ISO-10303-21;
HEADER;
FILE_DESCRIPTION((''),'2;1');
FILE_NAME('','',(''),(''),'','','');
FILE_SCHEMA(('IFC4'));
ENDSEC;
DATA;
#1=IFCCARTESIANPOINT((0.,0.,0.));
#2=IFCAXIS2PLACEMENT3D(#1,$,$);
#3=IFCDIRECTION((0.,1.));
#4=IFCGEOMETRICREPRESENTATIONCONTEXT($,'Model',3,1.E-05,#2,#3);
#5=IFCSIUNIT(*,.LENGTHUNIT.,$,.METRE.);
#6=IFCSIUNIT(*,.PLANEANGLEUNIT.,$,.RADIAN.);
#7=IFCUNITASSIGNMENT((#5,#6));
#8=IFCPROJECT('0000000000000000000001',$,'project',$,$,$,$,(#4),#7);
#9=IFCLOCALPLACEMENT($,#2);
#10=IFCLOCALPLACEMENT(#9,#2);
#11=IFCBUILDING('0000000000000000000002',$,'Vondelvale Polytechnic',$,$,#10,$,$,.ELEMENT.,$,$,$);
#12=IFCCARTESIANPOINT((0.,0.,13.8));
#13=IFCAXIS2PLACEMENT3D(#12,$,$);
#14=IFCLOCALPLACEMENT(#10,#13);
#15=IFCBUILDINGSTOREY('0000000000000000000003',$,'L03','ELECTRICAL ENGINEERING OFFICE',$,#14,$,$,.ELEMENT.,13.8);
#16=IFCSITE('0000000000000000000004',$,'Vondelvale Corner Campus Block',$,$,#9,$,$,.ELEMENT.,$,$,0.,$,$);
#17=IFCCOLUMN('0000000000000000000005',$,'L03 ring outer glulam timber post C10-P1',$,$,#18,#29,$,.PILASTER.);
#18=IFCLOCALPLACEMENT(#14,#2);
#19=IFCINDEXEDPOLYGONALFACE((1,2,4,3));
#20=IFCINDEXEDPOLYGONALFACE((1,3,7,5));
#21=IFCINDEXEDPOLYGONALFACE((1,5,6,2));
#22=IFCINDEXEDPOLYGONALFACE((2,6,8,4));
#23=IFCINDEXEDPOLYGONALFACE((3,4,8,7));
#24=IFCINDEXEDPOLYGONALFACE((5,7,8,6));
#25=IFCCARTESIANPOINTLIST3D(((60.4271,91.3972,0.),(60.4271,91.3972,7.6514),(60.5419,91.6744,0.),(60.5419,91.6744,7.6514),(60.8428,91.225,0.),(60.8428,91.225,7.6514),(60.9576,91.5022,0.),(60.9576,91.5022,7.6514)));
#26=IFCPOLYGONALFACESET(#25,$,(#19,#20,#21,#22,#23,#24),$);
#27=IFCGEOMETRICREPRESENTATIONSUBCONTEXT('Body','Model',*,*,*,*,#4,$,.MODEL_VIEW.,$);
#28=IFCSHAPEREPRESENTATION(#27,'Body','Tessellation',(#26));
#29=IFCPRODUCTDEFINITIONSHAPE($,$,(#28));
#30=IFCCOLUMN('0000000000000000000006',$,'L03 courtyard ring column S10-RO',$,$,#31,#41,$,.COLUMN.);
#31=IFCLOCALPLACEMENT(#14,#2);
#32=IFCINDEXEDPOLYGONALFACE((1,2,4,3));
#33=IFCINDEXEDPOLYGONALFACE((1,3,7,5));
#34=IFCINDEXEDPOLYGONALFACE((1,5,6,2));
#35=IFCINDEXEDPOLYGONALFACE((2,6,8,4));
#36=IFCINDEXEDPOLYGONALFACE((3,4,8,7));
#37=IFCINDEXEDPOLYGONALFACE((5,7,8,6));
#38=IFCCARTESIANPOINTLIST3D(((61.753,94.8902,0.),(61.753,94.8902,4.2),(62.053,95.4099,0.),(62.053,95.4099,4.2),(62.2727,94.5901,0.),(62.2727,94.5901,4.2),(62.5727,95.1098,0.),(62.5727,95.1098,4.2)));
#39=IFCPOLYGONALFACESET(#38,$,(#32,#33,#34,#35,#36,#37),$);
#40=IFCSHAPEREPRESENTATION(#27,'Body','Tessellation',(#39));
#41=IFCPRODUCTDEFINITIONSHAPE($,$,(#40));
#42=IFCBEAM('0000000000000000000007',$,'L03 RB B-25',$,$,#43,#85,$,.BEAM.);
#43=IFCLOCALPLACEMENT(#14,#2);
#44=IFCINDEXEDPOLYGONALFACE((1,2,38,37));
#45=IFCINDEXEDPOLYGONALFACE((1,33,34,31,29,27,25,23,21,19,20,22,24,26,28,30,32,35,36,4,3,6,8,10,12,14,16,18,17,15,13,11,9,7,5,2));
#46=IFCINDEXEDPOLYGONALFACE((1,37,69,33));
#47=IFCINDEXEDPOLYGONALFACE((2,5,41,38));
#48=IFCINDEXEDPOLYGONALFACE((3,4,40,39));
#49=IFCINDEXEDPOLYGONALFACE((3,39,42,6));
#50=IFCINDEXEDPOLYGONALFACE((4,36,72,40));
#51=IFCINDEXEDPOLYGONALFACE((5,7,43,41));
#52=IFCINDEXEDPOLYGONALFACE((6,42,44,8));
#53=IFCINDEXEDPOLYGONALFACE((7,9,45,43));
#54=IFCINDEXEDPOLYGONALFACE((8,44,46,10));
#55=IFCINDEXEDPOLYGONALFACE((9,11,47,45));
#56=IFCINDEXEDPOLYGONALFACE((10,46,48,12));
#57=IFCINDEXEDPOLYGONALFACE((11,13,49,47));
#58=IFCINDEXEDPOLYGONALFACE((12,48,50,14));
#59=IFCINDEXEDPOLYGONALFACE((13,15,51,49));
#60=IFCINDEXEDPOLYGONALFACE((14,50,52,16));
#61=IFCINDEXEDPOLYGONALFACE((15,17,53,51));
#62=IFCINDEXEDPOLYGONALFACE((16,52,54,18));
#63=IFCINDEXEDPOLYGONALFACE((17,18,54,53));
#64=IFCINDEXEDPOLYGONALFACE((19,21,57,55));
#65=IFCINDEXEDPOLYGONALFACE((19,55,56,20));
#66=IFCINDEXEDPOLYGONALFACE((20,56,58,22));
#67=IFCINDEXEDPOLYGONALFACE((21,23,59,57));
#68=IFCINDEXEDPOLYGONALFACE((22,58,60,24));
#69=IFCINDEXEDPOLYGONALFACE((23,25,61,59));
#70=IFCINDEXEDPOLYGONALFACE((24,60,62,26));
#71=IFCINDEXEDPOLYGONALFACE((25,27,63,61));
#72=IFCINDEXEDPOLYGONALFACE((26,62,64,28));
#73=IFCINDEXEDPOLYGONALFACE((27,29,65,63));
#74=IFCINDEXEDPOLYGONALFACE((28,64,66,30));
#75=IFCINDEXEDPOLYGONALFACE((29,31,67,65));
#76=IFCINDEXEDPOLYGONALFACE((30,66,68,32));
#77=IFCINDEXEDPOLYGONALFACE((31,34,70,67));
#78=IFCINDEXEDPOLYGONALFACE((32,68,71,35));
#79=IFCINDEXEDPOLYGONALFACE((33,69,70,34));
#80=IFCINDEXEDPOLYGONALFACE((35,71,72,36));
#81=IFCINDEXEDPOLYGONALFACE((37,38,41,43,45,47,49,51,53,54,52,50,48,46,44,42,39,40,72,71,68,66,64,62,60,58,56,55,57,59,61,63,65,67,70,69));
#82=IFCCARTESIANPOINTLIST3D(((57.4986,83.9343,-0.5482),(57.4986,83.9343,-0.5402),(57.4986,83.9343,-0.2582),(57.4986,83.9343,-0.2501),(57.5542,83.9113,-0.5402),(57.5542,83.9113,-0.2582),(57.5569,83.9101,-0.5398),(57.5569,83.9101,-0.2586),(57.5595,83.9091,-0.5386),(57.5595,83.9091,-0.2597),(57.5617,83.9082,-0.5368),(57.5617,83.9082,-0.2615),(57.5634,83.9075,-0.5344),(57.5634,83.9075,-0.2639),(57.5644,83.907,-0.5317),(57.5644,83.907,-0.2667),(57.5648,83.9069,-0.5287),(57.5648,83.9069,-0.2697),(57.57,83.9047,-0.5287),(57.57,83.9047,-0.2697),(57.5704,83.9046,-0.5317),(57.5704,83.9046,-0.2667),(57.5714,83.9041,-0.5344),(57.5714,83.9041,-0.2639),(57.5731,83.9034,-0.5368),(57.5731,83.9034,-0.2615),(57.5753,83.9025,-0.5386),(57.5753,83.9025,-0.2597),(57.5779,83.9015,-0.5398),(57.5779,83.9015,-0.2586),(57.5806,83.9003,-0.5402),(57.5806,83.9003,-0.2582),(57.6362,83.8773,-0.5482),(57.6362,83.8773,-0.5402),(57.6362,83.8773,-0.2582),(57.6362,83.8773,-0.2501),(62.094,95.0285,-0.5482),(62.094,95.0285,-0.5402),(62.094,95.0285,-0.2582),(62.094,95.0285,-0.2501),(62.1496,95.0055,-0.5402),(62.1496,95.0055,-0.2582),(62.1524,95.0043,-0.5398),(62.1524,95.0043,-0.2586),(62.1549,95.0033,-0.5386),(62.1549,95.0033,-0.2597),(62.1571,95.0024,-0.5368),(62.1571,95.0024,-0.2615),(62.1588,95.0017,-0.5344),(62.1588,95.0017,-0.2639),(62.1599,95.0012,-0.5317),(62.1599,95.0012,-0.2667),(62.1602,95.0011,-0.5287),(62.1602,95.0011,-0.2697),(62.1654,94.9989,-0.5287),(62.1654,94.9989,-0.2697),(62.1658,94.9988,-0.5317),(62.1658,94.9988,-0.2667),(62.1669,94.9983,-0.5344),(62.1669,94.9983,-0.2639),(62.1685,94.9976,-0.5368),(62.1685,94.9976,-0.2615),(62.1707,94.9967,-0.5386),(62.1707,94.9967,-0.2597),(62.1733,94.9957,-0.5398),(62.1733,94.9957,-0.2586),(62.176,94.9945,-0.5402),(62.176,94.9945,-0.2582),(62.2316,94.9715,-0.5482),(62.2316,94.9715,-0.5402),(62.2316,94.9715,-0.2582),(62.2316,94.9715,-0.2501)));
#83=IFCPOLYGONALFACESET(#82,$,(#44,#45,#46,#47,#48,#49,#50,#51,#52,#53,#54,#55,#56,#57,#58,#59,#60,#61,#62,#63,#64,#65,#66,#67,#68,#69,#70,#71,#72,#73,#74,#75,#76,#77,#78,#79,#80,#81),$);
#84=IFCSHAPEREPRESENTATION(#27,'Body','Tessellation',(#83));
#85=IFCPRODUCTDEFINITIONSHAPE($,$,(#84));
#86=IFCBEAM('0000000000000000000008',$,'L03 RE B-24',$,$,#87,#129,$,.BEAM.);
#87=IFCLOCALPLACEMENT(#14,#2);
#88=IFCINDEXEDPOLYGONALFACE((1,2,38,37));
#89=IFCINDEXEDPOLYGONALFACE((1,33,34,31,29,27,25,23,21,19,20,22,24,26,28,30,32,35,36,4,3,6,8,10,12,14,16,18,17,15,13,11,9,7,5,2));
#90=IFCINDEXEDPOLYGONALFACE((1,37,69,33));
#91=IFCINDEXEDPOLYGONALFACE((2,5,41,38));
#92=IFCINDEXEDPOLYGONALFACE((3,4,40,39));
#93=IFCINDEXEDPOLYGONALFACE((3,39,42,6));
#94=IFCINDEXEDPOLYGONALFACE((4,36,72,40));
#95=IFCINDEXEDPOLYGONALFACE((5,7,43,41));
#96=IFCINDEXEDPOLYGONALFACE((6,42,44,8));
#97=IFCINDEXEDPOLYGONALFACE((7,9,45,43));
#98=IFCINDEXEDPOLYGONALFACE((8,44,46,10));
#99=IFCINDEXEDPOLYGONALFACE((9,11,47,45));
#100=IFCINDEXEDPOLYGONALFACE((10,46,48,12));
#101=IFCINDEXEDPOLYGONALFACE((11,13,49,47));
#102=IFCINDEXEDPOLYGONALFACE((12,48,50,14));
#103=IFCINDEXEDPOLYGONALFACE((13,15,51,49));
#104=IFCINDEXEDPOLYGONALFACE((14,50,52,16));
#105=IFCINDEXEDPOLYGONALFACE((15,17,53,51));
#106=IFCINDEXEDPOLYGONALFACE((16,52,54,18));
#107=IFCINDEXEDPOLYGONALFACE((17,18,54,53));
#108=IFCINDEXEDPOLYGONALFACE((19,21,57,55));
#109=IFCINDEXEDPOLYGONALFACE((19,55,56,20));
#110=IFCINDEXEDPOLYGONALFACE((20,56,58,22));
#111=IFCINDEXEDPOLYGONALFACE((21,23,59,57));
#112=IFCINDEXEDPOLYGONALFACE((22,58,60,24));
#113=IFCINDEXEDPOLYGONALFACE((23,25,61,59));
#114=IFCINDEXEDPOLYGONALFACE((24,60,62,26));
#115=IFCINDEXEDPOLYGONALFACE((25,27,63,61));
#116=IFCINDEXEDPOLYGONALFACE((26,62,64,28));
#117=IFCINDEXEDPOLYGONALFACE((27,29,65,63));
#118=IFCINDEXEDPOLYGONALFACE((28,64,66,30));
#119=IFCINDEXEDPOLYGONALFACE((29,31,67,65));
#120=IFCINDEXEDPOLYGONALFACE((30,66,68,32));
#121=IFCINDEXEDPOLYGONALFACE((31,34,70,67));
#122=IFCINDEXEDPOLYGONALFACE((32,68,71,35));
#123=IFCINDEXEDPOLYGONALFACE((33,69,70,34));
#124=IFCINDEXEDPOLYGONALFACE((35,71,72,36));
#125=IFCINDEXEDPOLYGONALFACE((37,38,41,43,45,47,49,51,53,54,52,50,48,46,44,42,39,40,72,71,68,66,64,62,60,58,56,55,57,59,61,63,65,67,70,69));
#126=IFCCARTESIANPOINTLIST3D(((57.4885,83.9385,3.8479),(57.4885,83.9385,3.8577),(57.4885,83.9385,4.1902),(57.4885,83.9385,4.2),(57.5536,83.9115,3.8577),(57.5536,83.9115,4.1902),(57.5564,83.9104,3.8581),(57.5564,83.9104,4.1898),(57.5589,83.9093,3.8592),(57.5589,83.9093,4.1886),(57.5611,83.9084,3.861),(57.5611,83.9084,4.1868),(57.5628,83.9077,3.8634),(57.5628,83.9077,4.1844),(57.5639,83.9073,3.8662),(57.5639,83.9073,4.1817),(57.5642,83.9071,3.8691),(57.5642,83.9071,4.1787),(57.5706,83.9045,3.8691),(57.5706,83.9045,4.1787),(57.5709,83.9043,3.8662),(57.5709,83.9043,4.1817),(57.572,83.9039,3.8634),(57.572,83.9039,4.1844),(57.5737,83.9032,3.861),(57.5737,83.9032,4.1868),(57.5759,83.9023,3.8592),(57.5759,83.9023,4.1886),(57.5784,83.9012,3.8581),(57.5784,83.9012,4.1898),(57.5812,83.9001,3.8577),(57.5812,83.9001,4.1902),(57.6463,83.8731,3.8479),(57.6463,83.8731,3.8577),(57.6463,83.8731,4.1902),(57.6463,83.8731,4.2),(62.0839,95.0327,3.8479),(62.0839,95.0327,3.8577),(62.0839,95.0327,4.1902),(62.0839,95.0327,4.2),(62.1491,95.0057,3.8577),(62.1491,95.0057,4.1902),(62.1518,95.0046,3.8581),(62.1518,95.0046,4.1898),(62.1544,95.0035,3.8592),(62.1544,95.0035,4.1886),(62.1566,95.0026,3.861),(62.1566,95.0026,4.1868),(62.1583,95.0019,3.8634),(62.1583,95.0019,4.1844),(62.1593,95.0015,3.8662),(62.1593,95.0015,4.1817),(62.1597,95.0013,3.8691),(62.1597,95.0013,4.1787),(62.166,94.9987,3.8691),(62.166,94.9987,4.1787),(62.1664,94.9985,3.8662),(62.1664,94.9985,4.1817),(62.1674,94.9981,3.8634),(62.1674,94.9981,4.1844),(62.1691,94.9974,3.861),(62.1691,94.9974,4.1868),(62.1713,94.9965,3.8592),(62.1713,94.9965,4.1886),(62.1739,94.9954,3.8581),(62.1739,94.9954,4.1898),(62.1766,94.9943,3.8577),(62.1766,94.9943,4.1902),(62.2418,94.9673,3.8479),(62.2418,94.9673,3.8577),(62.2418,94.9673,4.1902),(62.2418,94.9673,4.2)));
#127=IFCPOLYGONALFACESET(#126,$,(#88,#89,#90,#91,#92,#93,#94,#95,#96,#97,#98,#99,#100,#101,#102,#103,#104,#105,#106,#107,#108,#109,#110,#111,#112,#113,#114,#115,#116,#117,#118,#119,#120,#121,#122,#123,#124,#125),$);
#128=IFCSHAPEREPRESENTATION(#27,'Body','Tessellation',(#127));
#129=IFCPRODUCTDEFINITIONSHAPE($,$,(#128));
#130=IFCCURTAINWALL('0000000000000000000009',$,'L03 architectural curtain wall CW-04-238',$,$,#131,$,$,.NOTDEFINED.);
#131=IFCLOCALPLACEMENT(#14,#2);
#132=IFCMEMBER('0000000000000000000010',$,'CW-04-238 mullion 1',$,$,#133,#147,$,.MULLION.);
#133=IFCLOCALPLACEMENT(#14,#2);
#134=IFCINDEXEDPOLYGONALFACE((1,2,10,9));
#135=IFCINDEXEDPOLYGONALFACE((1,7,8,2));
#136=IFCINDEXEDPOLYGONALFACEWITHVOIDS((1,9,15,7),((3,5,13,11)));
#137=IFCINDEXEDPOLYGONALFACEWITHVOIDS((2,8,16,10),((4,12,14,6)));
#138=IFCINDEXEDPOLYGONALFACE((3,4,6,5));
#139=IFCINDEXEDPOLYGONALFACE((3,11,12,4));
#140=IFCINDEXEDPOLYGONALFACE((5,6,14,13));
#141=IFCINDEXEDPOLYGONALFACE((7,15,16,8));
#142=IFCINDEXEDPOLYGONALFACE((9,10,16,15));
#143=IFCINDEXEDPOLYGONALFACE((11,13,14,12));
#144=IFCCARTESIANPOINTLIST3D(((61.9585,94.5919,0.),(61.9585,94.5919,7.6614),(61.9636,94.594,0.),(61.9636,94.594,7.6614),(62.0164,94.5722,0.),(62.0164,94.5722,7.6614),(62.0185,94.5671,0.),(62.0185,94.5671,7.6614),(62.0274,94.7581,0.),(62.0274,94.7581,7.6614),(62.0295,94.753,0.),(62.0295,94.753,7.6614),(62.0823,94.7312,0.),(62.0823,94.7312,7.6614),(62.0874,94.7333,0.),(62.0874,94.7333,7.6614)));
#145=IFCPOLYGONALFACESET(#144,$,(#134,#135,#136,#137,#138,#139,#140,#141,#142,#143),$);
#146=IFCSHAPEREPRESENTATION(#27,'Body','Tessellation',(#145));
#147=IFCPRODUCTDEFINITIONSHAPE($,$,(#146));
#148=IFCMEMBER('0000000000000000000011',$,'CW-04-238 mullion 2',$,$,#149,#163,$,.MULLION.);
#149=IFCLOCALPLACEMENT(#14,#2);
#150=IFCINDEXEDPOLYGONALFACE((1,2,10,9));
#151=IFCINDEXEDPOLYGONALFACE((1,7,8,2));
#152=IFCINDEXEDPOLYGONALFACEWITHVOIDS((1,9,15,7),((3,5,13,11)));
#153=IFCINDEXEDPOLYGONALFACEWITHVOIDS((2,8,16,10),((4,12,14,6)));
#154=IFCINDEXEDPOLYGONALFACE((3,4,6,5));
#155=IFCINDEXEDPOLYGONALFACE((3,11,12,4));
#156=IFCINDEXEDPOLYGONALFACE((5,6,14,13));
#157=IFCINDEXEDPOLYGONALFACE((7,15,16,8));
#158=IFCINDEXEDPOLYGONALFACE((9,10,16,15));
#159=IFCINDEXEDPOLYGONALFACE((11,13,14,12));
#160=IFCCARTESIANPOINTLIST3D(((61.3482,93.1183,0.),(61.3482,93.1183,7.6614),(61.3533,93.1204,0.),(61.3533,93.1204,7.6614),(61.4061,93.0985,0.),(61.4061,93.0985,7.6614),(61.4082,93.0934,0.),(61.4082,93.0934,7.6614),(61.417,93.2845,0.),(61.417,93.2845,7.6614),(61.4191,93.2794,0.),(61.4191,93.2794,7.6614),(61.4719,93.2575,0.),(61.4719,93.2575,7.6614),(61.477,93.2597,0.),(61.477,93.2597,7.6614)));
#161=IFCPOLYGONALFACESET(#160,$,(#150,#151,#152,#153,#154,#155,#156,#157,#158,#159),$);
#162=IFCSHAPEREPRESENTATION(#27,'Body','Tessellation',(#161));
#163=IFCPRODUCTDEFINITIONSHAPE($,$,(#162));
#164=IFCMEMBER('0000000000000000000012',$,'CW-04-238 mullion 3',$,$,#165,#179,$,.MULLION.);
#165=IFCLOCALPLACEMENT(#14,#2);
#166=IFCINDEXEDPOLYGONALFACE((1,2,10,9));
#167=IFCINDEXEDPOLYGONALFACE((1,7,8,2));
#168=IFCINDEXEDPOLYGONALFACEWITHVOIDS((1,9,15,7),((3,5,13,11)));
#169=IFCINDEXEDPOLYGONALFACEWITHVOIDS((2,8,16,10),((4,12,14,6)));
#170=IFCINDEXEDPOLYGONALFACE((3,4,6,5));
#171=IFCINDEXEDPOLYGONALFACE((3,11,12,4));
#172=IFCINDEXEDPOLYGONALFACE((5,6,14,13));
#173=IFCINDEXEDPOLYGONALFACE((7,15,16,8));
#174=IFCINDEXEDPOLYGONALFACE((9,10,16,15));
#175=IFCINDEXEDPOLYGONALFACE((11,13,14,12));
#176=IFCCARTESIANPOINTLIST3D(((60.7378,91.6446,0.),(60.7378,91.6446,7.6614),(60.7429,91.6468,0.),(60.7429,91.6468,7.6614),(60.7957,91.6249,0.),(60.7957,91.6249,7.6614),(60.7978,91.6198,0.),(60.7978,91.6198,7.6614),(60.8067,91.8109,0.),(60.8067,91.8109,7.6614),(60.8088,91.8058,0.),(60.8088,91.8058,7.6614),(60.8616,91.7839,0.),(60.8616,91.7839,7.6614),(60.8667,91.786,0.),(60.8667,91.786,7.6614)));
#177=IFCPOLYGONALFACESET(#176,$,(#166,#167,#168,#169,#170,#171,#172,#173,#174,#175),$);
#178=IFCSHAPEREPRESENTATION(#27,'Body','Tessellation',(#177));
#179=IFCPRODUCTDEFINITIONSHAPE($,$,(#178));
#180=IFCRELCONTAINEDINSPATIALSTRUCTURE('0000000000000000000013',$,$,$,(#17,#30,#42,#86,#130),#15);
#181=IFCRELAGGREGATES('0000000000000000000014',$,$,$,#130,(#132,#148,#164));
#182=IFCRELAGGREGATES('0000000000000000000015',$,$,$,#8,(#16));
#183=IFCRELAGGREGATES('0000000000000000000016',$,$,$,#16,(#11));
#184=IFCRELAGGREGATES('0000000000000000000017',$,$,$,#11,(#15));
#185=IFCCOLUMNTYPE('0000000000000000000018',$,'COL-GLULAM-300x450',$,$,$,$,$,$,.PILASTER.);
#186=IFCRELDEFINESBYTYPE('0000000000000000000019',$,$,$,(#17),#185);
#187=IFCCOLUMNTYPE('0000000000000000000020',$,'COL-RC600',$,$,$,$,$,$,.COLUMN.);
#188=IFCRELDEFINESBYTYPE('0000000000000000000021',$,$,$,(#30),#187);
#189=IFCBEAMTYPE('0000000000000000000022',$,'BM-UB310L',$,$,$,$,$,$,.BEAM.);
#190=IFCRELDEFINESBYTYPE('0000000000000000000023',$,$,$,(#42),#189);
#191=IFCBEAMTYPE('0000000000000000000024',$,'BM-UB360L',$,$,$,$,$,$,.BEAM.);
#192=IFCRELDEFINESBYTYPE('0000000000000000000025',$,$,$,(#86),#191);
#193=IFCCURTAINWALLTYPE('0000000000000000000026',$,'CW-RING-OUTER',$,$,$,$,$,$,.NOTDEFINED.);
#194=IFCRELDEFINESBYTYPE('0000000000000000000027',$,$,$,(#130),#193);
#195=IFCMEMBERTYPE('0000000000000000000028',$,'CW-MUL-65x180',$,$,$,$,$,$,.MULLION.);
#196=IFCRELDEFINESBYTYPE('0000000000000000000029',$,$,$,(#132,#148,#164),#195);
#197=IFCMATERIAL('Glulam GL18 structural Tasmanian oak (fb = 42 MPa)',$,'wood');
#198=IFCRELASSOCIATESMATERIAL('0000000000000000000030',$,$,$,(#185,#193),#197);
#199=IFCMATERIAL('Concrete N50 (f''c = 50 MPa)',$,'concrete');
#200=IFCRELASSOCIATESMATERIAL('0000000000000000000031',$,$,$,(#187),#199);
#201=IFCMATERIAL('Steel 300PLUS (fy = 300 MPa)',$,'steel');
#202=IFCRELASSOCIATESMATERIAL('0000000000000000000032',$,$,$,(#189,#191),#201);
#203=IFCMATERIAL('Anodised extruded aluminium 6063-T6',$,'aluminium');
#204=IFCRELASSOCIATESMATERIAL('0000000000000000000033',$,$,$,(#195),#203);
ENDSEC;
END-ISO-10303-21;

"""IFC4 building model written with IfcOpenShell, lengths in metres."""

from ifc_helpers import new_model, si_unit, direction, frame, origin, origin_2d, place, context, subcontext, project, spatial, rectangle, hollow_rectangle, i_section, extrude, material, material_profile, profile_set, type_object, element, aggregate, save


model = new_model("IFC4")

# Units and contexts
model_context = context("Model", 3, precision=1e-05, world=origin(), true_north=direction((0.0, 1.0)))
body_context = subcontext(model_context, "Body", "Model", "MODEL_VIEW")
ifc_project = project(units=[si_unit("LENGTHUNIT", "METRE"), si_unit("PLANEANGLEUNIT", "RADIAN")], contexts=[model_context])

# Site, building, storey
site_placement = place(None, origin())
site = spatial("IfcSite", under=ifc_project, at=site_placement, Name="Vondelvale Corner Campus Block", CompositionType="ELEMENT", RefElevation=0.0)
building_placement = place(site_placement, origin())
building = spatial("IfcBuilding", under=site, at=building_placement, Name="Vondelvale Polytechnic", CompositionType="ELEMENT")
storey_placement = place(building_placement, frame((0.0, 0.0, 13.8)))
storey = spatial("IfcBuildingStorey", under=building, at=storey_placement, Name="L03", Description="ELECTRICAL ENGINEERING OFFICE", CompositionType="ELEMENT", Elevation=13.8)

# Columns
ifc_material_1 = material(Name="Glulam GL18 structural Tasmanian oak (fb = 42 MPa)", Category="wood")
ifc_material_profile_1 = material_profile(ifc_material_1, rectangle(XDim=0.3, YDim=0.45, at=origin_2d()), Name="GL-POST-300x450")
ifc_profile_set_1 = profile_set([ifc_material_profile_1], Name="Glulam GL18 structural Tasmanian oak (fb = 42 MPa)")
column_type_1 = type_object("IfcColumnType", Name="COL-GLULAM-300x450", PredefinedType="PILASTER", material=ifc_profile_set_1)
column_1_placement = place(storey_placement, frame((60.6924, 91.4497, 0.0), z_axis=(0.0, 0.0, 1.0), x_axis=(0.382683, 0.92388, 0.0)))
element("IfcColumn", 1, at=column_1_placement, inside=storey, type_object=column_type_1, Name="L03 ring outer glulam timber post C10-P1", PredefinedType="PILASTER", context=body_context, shape_type="SweptSolid", body=[
    extrude(rectangle(XDim=0.3, YDim=0.45, at=origin_2d()), origin(), (0.0, 0.0, 1.0), 7.6514),
])
ifc_material_2 = material(Name="Concrete N50 (f'c = 50 MPa)", Category="concrete")
ifc_material_profile_2 = material_profile(ifc_material_2, rectangle(XDim=0.6001, YDim=0.6001, at=origin_2d()), Name="RC-COL-600x600")
ifc_profile_set_2 = profile_set([ifc_material_profile_2], Name="Concrete N50 (f'c = 50 MPa)")
column_type_2 = type_object("IfcColumnType", Name="COL-RC600", PredefinedType="COLUMN", material=ifc_profile_set_2)
column_2_placement = place(storey_placement, frame((62.1628, 95.0, 0.0), z_axis=(0.0, 0.0, 1.0), x_axis=(-0.866025, 0.5, 0.0)))
element("IfcColumn", 2, at=column_2_placement, inside=storey, type_object=column_type_2, Name="L03 courtyard ring column S10-RO", PredefinedType="COLUMN", context=body_context, shape_type="SweptSolid", body=[
    extrude(rectangle(XDim=0.6001, YDim=0.6001, at=origin_2d()), origin(), (0.0, 0.0, 1.0), 4.2),
])

# Beams
ifc_material_3 = material(Name="Steel 300PLUS (fy = 300 MPa)", Category="steel")
ifc_material_profile_3 = material_profile(ifc_material_3, i_section(OverallWidth=0.1489, OverallDepth=0.2981, WebThickness=0.0056, FlangeThickness=0.0081, FilletRadius=0.0115, at=origin_2d()), Name="310UB32.0")
ifc_profile_set_3 = profile_set([ifc_material_profile_3], Name="Steel 300PLUS (fy = 300 MPa)")
beam_type_1 = type_object("IfcBeamType", Name="BM-UB310L", PredefinedType="BEAM", material=ifc_profile_set_3)
beam_1_placement = place(storey_placement, frame((62.1628, 95.0, -0.3992), z_axis=(-0.382689, -0.923877, 0.0), x_axis=(0.923877, -0.382689, 0.0)))
element("IfcBeam", 3, at=beam_1_placement, inside=storey, type_object=beam_type_1, Name="L03 RB B-25", PredefinedType="BEAM", context=body_context, shape_type="SweptSolid", body=[
    extrude(i_section(OverallWidth=0.1489, OverallDepth=0.2981, WebThickness=0.0056, FlangeThickness=0.0081, FilletRadius=0.0115, at=origin_2d()), origin(), (0.0, 0.0, 1.0), 12.0083),
])
ifc_material_profile_4 = material_profile(ifc_material_3, i_section(OverallWidth=0.1709, OverallDepth=0.3521, WebThickness=0.0068, FlangeThickness=0.0098, FilletRadius=0.0115, at=origin_2d()), Name="360UB44.7")
ifc_profile_set_4 = profile_set([ifc_material_profile_4], Name="Steel 300PLUS (fy = 300 MPa)")
beam_type_2 = type_object("IfcBeamType", Name="BM-UB360L", PredefinedType="BEAM", material=ifc_profile_set_4)
beam_2_placement = place(storey_placement, frame((62.1628, 95.0, 4.0239), z_axis=(-0.382689, -0.923877, 0.0), x_axis=(0.923877, -0.382689, 0.0)))
element("IfcBeam", 4, at=beam_2_placement, inside=storey, type_object=beam_type_2, Name="L03 RE B-24", PredefinedType="BEAM", context=body_context, shape_type="SweptSolid", body=[
    extrude(i_section(OverallWidth=0.1709, OverallDepth=0.3521, WebThickness=0.0068, FlangeThickness=0.0098, FilletRadius=0.0115, at=origin_2d()), origin(), (0.0, 0.0, 1.0), 12.0083),
])

# Curtain wall, members
curtain_wall_type = type_object("IfcCurtainWallType", Name="CW-RING-OUTER", PredefinedType="NOTDEFINED", material=ifc_material_1)
curtain_wall_1_placement = place(storey_placement, origin())
curtain_wall_1 = element("IfcCurtainWall", 5, at=curtain_wall_1_placement, inside=storey, type_object=curtain_wall_type, Name="L03 architectural curtain wall CW-04-238", PredefinedType="NOTDEFINED")
ifc_material_4 = material(Name="Anodised extruded aluminium 6063-T6", Category="aluminium")
ifc_material_profile_5 = material_profile(ifc_material_4, hollow_rectangle(XDim=0.0649, YDim=0.1799, WallThickness=0.0039, at=origin_2d()), Name="CW-MUL-180x65")
ifc_profile_set_5 = profile_set([ifc_material_profile_5], Name="Anodised extruded aluminium 6063-T6")
member_type_1 = type_object("IfcMemberType", Name="CW-MUL-65x180", PredefinedType="MULLION", material=ifc_profile_set_5)
member_1_placement = place(storey_placement, frame((62.0229, 94.6626, 0.0), z_axis=(0.0, 0.0, 1.0), x_axis=(0.923882, -0.382677, 0.0)))
member_1 = element("IfcMember", 6, at=member_1_placement, type_object=member_type_1, Name="CW-04-238 mullion 1", PredefinedType="MULLION", context=body_context, shape_type="SweptSolid", body=[
    extrude(hollow_rectangle(XDim=0.0649, YDim=0.1799, WallThickness=0.0039, at=origin_2d()), origin(), (0.0, 0.0, 1.0), 7.6614),
])
member_2_placement = place(storey_placement, frame((61.4126, 93.189, 0.0), z_axis=(0.0, 0.0, 1.0), x_axis=(0.923882, -0.382677, 0.0)))
member_2 = element("IfcMember", 7, at=member_2_placement, type_object=member_type_1, Name="CW-04-238 mullion 2", PredefinedType="MULLION", context=body_context, shape_type="SweptSolid", body=[
    extrude(hollow_rectangle(XDim=0.0649, YDim=0.1799, WallThickness=0.0039, at=origin_2d()), origin(), (0.0, 0.0, 1.0), 7.6614),
])
member_3_placement = place(storey_placement, frame((60.8022, 91.7153, 0.0), z_axis=(0.0, 0.0, 1.0), x_axis=(0.923882, -0.382677, 0.0)))
member_3 = element("IfcMember", 8, at=member_3_placement, type_object=member_type_1, Name="CW-04-238 mullion 3", PredefinedType="MULLION", context=body_context, shape_type="SweptSolid", body=[
    extrude(hollow_rectangle(XDim=0.0649, YDim=0.1799, WallThickness=0.0039, at=origin_2d()), origin(), (0.0, 0.0, 1.0), 7.6614),
])

aggregate(curtain_wall_1, [member_1, member_2, member_3])

save(model, "model.ifc")
